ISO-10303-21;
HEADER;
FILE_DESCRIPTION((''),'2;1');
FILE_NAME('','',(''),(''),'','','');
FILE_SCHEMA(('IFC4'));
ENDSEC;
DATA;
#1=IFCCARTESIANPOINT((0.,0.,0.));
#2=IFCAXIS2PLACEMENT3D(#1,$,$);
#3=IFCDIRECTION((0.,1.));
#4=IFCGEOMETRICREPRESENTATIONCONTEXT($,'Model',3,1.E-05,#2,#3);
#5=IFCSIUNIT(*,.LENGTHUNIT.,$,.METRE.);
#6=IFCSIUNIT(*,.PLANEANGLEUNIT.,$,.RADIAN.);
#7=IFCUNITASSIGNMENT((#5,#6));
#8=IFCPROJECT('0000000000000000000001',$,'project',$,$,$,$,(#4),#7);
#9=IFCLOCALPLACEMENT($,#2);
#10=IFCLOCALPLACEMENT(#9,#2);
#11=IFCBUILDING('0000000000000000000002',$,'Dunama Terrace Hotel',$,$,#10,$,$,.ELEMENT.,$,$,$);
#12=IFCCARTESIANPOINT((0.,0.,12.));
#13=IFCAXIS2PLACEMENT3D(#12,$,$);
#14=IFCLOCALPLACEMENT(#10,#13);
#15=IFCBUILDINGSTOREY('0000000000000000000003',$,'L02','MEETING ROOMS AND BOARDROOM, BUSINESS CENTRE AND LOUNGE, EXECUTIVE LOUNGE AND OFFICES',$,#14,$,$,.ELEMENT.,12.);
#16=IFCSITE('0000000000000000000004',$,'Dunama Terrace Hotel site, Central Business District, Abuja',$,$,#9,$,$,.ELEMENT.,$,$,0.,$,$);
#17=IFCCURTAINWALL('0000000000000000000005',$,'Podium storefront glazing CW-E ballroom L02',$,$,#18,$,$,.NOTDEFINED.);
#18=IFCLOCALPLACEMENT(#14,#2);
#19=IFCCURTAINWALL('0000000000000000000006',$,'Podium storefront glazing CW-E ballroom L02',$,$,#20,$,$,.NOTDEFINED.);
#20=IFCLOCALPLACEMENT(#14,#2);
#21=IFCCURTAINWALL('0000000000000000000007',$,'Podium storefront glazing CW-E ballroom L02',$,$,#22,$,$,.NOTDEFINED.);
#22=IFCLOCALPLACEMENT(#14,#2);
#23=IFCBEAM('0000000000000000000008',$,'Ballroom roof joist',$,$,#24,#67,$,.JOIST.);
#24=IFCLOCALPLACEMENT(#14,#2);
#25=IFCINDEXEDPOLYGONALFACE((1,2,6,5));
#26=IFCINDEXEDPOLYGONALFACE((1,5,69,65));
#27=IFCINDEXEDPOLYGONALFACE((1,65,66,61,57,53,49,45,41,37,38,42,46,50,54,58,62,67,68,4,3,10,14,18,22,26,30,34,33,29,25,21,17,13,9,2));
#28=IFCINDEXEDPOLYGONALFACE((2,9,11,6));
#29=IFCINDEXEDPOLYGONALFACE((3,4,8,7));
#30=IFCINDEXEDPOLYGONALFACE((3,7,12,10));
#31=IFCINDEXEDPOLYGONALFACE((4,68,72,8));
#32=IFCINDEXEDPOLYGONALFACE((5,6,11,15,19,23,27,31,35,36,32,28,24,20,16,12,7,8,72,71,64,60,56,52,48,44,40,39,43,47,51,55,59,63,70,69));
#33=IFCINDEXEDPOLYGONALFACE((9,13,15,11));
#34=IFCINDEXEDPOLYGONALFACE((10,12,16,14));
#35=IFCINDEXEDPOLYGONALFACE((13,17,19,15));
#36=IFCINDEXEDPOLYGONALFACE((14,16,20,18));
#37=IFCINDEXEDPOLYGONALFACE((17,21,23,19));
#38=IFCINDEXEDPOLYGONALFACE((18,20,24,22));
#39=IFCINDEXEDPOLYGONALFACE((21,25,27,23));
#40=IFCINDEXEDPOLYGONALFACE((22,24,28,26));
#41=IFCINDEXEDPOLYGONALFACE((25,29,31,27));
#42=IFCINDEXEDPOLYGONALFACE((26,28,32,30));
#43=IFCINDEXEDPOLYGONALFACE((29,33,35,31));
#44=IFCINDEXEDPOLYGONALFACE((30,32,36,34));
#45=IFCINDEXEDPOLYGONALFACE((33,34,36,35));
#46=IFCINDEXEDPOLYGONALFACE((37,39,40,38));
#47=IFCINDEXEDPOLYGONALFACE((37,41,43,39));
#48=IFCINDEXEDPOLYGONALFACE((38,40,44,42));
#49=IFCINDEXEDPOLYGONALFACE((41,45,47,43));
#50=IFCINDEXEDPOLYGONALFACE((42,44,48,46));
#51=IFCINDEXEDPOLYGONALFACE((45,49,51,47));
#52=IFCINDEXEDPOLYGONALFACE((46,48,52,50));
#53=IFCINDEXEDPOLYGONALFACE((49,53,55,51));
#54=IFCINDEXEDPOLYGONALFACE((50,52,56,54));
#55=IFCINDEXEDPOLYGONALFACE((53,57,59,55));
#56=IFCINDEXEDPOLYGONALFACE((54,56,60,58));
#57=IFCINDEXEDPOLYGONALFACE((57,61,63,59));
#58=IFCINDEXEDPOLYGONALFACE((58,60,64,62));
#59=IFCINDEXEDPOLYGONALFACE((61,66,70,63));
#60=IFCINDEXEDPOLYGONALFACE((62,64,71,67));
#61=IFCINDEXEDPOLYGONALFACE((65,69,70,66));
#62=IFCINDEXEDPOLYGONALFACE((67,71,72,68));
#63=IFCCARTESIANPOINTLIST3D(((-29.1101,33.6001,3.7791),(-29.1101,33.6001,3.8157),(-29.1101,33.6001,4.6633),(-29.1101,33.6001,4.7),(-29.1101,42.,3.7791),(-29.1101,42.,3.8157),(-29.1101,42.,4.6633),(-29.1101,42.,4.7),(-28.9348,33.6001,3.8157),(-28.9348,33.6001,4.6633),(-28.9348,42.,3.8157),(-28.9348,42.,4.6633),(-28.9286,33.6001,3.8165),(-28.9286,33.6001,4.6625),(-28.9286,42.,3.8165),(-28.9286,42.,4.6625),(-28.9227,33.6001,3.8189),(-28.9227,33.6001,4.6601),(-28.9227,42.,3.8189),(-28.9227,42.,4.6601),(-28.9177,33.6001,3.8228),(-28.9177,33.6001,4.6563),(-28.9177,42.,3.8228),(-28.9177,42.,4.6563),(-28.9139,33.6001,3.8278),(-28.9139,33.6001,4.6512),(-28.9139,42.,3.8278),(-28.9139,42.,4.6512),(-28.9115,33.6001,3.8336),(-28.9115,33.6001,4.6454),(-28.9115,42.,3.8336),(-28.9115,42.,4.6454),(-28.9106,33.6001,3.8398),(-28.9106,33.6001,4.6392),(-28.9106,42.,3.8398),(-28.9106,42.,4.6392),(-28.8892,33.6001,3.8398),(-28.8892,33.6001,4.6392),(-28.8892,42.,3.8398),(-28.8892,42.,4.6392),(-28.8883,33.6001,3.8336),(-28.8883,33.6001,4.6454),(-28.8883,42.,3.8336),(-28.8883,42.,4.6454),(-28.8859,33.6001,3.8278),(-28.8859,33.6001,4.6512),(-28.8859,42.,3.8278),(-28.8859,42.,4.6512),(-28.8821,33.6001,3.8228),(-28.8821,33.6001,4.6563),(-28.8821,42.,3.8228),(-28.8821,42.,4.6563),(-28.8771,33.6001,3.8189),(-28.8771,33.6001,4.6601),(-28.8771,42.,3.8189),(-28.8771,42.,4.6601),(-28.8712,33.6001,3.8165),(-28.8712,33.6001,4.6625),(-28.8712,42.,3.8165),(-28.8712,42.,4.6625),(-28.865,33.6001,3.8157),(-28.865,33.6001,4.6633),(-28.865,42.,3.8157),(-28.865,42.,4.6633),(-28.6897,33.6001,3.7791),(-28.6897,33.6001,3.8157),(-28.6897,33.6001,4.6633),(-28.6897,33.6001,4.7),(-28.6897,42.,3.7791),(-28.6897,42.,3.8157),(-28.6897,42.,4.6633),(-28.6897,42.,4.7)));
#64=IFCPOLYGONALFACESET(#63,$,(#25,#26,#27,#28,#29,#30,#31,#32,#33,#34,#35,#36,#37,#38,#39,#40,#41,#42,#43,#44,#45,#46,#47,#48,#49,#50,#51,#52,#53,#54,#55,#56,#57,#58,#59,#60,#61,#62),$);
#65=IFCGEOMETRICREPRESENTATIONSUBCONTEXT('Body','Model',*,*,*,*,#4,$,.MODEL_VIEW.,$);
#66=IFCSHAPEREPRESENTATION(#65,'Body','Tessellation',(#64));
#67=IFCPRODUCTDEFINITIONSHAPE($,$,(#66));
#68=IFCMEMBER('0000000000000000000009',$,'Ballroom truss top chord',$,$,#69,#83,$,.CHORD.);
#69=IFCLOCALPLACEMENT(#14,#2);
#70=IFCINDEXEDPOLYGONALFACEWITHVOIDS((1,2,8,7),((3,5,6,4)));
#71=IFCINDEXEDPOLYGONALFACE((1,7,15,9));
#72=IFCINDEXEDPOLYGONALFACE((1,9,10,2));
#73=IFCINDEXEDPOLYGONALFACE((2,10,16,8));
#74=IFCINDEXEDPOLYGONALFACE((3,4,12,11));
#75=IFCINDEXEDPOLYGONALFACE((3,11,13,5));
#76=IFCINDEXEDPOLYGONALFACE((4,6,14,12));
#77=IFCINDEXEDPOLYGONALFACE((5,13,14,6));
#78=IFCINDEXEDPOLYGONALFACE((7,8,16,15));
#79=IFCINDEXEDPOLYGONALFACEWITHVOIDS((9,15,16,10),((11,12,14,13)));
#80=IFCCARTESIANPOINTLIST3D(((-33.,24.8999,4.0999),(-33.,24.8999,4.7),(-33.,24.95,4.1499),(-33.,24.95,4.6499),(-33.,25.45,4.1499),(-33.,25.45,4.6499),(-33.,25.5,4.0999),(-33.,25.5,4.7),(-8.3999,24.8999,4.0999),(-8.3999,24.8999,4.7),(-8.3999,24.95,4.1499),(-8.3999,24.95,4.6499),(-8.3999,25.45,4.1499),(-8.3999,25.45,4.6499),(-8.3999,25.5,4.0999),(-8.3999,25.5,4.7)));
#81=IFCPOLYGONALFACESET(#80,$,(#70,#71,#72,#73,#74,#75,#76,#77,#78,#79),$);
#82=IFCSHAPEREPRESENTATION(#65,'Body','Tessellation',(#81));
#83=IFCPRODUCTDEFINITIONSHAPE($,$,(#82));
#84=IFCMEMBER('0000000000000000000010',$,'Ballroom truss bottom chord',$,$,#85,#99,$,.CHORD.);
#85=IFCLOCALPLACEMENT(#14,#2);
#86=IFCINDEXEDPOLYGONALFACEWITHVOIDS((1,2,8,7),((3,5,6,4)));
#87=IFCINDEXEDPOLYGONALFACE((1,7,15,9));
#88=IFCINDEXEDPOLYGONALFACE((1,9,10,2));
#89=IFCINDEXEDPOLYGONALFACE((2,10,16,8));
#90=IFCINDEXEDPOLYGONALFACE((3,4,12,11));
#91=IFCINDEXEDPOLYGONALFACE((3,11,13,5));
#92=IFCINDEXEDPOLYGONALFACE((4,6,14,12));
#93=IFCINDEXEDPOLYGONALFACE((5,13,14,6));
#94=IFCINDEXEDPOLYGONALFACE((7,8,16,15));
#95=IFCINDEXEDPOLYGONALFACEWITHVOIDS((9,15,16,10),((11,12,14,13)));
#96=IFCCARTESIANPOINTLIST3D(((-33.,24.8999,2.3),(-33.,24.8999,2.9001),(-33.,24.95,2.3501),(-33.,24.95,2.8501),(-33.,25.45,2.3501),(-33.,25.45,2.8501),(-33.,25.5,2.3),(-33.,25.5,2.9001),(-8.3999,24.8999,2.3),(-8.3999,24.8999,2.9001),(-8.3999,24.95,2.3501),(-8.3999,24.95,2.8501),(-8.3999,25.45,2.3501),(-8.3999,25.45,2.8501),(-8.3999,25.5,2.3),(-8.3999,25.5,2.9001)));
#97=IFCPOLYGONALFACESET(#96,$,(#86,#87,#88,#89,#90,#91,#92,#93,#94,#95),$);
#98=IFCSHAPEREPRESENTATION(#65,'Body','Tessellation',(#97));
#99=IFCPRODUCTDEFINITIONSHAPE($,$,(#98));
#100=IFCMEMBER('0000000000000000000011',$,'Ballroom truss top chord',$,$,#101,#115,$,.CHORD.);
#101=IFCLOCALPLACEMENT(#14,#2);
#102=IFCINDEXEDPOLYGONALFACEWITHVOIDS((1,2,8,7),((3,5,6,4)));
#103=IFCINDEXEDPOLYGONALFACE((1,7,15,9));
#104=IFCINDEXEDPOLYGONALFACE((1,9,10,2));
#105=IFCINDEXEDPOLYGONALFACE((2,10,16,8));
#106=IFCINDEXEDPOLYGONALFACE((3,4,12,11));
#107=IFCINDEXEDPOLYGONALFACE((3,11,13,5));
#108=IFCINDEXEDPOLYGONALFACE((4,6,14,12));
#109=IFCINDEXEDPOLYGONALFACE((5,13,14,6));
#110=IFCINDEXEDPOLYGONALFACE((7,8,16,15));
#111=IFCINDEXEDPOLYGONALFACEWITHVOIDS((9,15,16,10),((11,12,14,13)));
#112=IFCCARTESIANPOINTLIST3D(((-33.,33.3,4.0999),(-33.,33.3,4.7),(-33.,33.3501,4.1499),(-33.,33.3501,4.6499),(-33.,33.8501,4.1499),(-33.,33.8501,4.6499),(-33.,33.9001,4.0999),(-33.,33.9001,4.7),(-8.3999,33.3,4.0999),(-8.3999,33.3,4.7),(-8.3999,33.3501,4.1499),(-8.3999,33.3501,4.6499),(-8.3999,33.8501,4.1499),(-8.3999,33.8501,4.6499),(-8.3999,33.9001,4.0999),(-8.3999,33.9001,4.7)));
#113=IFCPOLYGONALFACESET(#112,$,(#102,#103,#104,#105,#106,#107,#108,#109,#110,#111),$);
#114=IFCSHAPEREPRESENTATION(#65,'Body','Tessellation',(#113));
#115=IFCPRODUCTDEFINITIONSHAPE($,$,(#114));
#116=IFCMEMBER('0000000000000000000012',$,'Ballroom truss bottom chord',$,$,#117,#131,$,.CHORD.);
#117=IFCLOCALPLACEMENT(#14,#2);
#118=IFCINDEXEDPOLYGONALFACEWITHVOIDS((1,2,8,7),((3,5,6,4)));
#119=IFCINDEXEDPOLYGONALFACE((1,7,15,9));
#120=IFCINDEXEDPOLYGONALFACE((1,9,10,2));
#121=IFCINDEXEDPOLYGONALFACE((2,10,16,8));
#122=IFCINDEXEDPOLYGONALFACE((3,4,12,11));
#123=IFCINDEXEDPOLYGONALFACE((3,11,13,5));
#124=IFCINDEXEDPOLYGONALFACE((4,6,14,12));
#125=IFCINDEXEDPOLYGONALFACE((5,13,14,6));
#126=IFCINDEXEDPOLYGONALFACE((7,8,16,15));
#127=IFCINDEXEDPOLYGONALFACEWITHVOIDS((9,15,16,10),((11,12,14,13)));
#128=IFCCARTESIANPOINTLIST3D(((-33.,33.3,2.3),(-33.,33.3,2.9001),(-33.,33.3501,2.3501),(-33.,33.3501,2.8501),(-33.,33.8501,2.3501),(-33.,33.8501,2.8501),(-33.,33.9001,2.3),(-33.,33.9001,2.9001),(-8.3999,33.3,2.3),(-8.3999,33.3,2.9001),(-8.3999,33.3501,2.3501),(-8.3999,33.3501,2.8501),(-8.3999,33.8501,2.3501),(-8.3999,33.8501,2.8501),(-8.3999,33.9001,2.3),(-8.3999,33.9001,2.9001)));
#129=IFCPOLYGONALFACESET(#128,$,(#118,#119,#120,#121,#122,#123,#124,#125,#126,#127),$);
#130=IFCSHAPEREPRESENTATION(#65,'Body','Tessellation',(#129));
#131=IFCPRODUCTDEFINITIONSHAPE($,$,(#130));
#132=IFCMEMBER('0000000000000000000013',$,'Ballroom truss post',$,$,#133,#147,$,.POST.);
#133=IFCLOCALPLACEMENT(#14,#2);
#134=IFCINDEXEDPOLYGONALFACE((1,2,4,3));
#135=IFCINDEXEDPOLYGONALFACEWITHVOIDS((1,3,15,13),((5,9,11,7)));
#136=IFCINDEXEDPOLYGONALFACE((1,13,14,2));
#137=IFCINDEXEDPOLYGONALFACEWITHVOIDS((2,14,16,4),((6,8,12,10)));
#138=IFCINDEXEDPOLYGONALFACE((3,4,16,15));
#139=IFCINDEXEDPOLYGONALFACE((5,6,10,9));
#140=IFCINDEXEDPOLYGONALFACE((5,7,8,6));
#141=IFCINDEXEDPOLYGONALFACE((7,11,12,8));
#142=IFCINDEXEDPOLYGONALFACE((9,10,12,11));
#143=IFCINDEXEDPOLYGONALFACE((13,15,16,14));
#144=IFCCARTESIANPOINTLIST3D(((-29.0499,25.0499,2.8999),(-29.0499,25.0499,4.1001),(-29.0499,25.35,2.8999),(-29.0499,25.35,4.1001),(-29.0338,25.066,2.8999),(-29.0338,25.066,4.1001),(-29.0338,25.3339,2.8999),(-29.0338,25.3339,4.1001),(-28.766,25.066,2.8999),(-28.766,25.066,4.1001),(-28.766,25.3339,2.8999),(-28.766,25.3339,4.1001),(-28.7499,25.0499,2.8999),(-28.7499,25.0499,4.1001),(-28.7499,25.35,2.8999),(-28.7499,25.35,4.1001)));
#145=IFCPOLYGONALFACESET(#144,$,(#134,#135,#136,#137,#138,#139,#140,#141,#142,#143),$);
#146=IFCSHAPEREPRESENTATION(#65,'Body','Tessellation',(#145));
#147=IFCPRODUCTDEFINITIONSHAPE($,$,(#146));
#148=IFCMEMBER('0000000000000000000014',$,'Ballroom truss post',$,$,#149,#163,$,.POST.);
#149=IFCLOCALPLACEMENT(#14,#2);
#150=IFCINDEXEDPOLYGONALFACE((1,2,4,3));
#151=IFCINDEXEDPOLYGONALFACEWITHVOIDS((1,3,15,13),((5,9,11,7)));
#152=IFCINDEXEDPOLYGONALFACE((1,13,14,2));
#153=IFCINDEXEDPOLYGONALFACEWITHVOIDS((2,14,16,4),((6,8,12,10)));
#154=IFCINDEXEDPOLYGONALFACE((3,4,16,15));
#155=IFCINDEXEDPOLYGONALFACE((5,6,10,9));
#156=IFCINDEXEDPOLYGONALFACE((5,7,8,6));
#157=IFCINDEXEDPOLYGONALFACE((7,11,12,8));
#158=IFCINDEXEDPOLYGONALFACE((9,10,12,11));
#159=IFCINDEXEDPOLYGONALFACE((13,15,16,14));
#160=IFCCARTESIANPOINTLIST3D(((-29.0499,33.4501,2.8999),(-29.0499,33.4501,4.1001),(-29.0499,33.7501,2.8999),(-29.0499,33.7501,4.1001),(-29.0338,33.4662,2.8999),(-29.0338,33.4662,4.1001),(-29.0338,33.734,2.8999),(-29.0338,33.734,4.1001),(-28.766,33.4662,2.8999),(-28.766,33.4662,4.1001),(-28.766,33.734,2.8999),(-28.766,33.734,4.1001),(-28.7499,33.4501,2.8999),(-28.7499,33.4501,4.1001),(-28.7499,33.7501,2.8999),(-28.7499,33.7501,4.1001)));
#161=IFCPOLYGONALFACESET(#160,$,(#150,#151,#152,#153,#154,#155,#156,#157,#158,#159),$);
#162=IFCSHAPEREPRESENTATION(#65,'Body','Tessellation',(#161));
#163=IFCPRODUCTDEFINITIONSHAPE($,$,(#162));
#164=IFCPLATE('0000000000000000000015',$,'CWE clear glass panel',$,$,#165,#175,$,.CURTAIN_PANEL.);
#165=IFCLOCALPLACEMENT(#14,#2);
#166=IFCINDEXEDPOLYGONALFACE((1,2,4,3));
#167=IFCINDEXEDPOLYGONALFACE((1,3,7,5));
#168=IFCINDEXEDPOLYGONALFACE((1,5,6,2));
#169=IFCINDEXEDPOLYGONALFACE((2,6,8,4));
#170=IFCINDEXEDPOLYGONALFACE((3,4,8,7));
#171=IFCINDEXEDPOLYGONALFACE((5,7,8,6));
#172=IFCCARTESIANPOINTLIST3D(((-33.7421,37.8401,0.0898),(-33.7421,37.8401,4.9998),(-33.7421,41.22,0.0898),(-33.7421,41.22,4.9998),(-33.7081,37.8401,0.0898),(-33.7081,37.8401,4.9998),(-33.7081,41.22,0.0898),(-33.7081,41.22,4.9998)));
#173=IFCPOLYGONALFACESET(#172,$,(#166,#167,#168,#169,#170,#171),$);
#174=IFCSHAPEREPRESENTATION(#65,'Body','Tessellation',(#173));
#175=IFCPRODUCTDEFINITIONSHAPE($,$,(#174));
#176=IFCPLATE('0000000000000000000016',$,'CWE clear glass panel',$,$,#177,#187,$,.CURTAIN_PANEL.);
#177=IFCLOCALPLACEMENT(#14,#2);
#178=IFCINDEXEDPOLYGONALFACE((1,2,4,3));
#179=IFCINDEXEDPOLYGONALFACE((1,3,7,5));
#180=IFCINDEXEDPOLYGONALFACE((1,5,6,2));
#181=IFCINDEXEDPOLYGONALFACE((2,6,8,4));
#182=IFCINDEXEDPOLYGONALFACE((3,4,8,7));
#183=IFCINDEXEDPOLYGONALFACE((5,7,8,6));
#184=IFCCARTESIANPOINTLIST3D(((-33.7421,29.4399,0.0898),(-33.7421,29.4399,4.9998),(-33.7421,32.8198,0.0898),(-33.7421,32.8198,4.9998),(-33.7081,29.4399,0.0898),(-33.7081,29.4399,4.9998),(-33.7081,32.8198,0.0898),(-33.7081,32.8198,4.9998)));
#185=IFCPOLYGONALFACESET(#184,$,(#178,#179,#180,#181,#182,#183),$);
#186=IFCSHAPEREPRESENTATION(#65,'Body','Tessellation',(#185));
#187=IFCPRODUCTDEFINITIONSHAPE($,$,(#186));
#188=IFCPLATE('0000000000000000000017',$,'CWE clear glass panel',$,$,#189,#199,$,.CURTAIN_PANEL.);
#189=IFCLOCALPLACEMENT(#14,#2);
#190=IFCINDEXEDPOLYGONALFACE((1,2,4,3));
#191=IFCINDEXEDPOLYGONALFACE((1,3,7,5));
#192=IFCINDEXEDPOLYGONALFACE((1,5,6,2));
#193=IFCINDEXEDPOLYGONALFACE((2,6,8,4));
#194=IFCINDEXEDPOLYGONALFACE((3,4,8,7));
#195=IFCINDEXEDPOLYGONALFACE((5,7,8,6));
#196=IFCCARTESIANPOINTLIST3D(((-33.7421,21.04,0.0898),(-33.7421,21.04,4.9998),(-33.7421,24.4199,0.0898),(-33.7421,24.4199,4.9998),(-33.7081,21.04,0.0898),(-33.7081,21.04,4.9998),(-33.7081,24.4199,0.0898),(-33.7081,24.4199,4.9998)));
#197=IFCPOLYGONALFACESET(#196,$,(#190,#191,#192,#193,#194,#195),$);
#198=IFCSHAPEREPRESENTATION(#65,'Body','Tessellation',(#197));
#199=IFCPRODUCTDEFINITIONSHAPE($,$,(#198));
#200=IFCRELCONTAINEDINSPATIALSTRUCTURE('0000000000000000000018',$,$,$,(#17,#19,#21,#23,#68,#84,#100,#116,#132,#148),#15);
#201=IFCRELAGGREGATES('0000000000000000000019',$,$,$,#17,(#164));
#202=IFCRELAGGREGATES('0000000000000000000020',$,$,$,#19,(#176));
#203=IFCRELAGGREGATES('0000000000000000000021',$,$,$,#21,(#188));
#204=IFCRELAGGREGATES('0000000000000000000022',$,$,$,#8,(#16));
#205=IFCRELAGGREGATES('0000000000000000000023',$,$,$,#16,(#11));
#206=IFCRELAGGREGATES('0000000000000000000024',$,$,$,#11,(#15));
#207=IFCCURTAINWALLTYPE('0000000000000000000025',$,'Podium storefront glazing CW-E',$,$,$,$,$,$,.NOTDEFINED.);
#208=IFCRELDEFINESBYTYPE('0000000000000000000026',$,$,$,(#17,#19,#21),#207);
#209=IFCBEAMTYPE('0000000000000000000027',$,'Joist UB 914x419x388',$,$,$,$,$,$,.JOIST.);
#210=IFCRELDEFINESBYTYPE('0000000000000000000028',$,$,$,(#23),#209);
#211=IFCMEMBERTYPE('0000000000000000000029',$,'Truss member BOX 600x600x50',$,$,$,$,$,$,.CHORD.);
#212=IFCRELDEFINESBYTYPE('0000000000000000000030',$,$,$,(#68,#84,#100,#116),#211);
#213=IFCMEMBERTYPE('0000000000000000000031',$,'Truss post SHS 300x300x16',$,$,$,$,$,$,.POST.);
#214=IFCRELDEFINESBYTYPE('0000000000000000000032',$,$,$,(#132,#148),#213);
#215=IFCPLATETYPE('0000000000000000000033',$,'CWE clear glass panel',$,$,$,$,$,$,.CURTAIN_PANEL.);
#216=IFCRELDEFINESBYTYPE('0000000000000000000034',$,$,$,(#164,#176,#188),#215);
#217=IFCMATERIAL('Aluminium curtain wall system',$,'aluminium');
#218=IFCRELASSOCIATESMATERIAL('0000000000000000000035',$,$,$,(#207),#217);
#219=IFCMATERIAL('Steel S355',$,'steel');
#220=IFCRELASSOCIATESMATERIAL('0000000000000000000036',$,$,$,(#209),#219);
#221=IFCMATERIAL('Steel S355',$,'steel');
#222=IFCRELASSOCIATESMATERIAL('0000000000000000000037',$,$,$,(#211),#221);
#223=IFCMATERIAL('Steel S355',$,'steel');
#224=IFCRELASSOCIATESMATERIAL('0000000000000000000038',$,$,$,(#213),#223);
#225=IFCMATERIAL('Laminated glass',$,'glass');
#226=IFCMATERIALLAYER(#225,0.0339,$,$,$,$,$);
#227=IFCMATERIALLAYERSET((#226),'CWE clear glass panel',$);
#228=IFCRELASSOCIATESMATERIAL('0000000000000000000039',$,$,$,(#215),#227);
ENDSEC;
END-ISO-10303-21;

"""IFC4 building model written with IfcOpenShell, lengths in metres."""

from ifc_helpers import new_model, si_unit, direction, frame, origin, origin_2d, place, context, subcontext, project, spatial, rectangle, hollow_rectangle, i_section, extrude, material, layer, layer_set, material_profile, profile_set, type_object, element, aggregate, save


model = new_model("IFC4")

# Units and contexts
model_context = context("Model", 3, precision=1e-05, world=origin(), true_north=direction((0.0, 1.0)))
body_context = subcontext(model_context, "Body", "Model", "MODEL_VIEW")
ifc_project = project(units=[si_unit("LENGTHUNIT", "METRE"), si_unit("PLANEANGLEUNIT", "RADIAN")], contexts=[model_context])

# Site, building, storey
site_placement = place(None, origin())
site = spatial("IfcSite", under=ifc_project, at=site_placement, Name="Dunama Terrace Hotel site, Central Business District, Abuja", CompositionType="ELEMENT", RefElevation=0.0)
building_placement = place(site_placement, origin())
building = spatial("IfcBuilding", under=site, at=building_placement, Name="Dunama Terrace Hotel", CompositionType="ELEMENT")
storey_placement = place(building_placement, frame((0.0, 0.0, 12.0)))
storey = spatial("IfcBuildingStorey", under=building, at=storey_placement, Name="L02", Description="MEETING ROOMS AND BOARDROOM, BUSINESS CENTRE AND LOUNGE, EXECUTIVE LOUNGE AND OFFICES", CompositionType="ELEMENT", Elevation=12.0)

# Curtain walls
ifc_material_1 = material(Name="Aluminium curtain wall system", Category="aluminium")
curtain_wall_type = type_object("IfcCurtainWallType", Name="Podium storefront glazing CW-E", PredefinedType="NOTDEFINED", material=ifc_material_1)
curtain_wall_1_placement = place(storey_placement, origin())
curtain_wall_1 = element("IfcCurtainWall", 1, at=curtain_wall_1_placement, inside=storey, type_object=curtain_wall_type, Name="Podium storefront glazing CW-E ballroom L02", PredefinedType="NOTDEFINED")
curtain_wall_2_placement = place(storey_placement, origin())
curtain_wall_2 = element("IfcCurtainWall", 2, at=curtain_wall_2_placement, inside=storey, type_object=curtain_wall_type, Name="Podium storefront glazing CW-E ballroom L02", PredefinedType="NOTDEFINED")
curtain_wall_3_placement = place(storey_placement, origin())
curtain_wall_3 = element("IfcCurtainWall", 3, at=curtain_wall_3_placement, inside=storey, type_object=curtain_wall_type, Name="Podium storefront glazing CW-E ballroom L02", PredefinedType="NOTDEFINED")

# Beam
ifc_material_2 = material(Name="Steel S355", Category="steel")
ifc_material_profile_1 = material_profile(ifc_material_2, i_section(OverallWidth=0.4204, OverallDepth=0.9209, WebThickness=0.0215, FlangeThickness=0.0366, FilletRadius=0.0242, at=origin_2d()), Name="UB 914x419x388")
ifc_profile_set_1 = profile_set([ifc_material_profile_1], Name="Steel S355")
beam_type = type_object("IfcBeamType", Name="Joist UB 914x419x388", PredefinedType="JOIST", material=ifc_profile_set_1)
beam_1_placement = place(storey_placement, frame((-28.8999, 33.6001, 4.2395), z_axis=(0.0, 1.0, 0.0), x_axis=(-1.0, 0.0, 0.0)))
element("IfcBeam", 4, at=beam_1_placement, inside=storey, type_object=beam_type, Name="Ballroom roof joist", PredefinedType="JOIST", context=body_context, shape_type="SweptSolid", body=[
    extrude(i_section(OverallWidth=0.4204, OverallDepth=0.9209, WebThickness=0.0215, FlangeThickness=0.0366, FilletRadius=0.0242, at=origin_2d()), origin(), (0.0, 0.0, 1.0), 8.3999),
])

# Members
ifc_material_3 = material(Name="Steel S355", Category="steel")
ifc_material_profile_2 = material_profile(ifc_material_3, hollow_rectangle(XDim=0.6001, YDim=0.6001, WallThickness=0.05, at=origin_2d()), Name="BOX 600x600x50")
ifc_profile_set_2 = profile_set([ifc_material_profile_2], Name="Steel S355")
member_type_1 = type_object("IfcMemberType", Name="Truss member BOX 600x600x50", PredefinedType="CHORD", material=ifc_profile_set_2)
for number, where, z_axis, x_axis, name in (
    (5, (-33.0, 25.2, 4.3999), (1.0, 0.0, 0.0), (0.0, 1.0, 0.0), "Ballroom truss top chord"),
    (6, (-33.0, 25.2, 2.6001), (1.0, 0.0, 0.0), (0.0, 1.0, 0.0), "Ballroom truss bottom chord"),
    (7, (-33.0, 33.6001, 4.3999), (1.0, 0.0, 0.0), (0.0, 1.0, 0.0), "Ballroom truss top chord"),
    (8, (-33.0, 33.6001, 2.6001), (1.0, 0.0, 0.0), (0.0, 1.0, 0.0), "Ballroom truss bottom chord"),
):
    element("IfcMember", number, at=place(storey_placement, frame(where, z_axis=z_axis, x_axis=x_axis)), inside=storey, type_object=member_type_1, Name=name, PredefinedType="CHORD", context=body_context, shape_type="SweptSolid", body=[
        extrude(hollow_rectangle(XDim=0.6001, YDim=0.6001, WallThickness=0.05, at=origin_2d()), origin(), (0.0, 0.0, 1.0), 24.6001),
    ])
ifc_material_4 = material(Name="Steel S355", Category="steel")
ifc_material_profile_3 = material_profile(ifc_material_4, hollow_rectangle(XDim=0.3, YDim=0.3, WallThickness=0.0161, at=origin_2d()), Name="SHS 300x300x16")
ifc_profile_set_3 = profile_set([ifc_material_profile_3], Name="Steel S355")
member_type_2 = type_object("IfcMemberType", Name="Truss post SHS 300x300x16", PredefinedType="POST", material=ifc_profile_set_3)
for number, where, z_axis, x_axis, name in (
    (9, (-28.8999, 25.2, 2.8999), (0.0, 0.0, 1.0), (1.0, 0.0, 0.0), "Ballroom truss post"),
    (10, (-28.8999, 33.6001, 2.8999), (0.0, 0.0, 1.0), (1.0, 0.0, 0.0), "Ballroom truss post"),
):
    element("IfcMember", number, at=place(storey_placement, frame(where, z_axis=z_axis, x_axis=x_axis)), inside=storey, type_object=member_type_2, Name=name, PredefinedType="POST", context=body_context, shape_type="SweptSolid", body=[
        extrude(hollow_rectangle(XDim=0.3, YDim=0.3, WallThickness=0.0161, at=origin_2d()), origin(), (0.0, 0.0, 1.0), 1.2002),
    ])

# Plates
ifc_material_5 = material(Name="Laminated glass", Category="glass")
ifc_layer_1 = layer(ifc_material_5, 0.0339)
ifc_layer_set_1 = layer_set([ifc_layer_1], Name="CWE clear glass panel")
plate_type_1 = type_object("IfcPlateType", Name="CWE clear glass panel", PredefinedType="CURTAIN_PANEL", material=ifc_layer_set_1)
plate_1_placement = place(storey_placement, frame((-33.7251, 39.53, 0.0898), z_axis=(0.0, 0.0, 1.0), x_axis=(0.0, -1.0, 0.0)))
plate_1 = element("IfcPlate", 11, at=plate_1_placement, type_object=plate_type_1, Name="CWE clear glass panel", PredefinedType="CURTAIN_PANEL", context=body_context, shape_type="SweptSolid", body=[
    extrude(rectangle(XDim=3.3799, YDim=0.0339, at=origin_2d()), origin(), (0.0, 0.0, 1.0), 4.9099),
])
plate_2_placement = place(storey_placement, frame((-33.7251, 31.1299, 0.0898), z_axis=(0.0, 0.0, 1.0), x_axis=(0.0, -1.0, 0.0)))
plate_2 = element("IfcPlate", 12, at=plate_2_placement, type_object=plate_type_1, Name="CWE clear glass panel", PredefinedType="CURTAIN_PANEL", context=body_context, shape_type="SweptSolid", body=[
    extrude(rectangle(XDim=3.3799, YDim=0.0339, at=origin_2d()), origin(), (0.0, 0.0, 1.0), 4.9099),
])
plate_3_placement = place(storey_placement, frame((-33.7251, 22.73, 0.0898), z_axis=(0.0, 0.0, 1.0), x_axis=(0.0, -1.0, 0.0)))
plate_3 = element("IfcPlate", 13, at=plate_3_placement, type_object=plate_type_1, Name="CWE clear glass panel", PredefinedType="CURTAIN_PANEL", context=body_context, shape_type="SweptSolid", body=[
    extrude(rectangle(XDim=3.3799, YDim=0.0339, at=origin_2d()), origin(), (0.0, 0.0, 1.0), 4.9099),
])
aggregate(curtain_wall_1, [plate_1])
aggregate(curtain_wall_2, [plate_2])
aggregate(curtain_wall_3, [plate_3])

save(model, "model.ifc")
